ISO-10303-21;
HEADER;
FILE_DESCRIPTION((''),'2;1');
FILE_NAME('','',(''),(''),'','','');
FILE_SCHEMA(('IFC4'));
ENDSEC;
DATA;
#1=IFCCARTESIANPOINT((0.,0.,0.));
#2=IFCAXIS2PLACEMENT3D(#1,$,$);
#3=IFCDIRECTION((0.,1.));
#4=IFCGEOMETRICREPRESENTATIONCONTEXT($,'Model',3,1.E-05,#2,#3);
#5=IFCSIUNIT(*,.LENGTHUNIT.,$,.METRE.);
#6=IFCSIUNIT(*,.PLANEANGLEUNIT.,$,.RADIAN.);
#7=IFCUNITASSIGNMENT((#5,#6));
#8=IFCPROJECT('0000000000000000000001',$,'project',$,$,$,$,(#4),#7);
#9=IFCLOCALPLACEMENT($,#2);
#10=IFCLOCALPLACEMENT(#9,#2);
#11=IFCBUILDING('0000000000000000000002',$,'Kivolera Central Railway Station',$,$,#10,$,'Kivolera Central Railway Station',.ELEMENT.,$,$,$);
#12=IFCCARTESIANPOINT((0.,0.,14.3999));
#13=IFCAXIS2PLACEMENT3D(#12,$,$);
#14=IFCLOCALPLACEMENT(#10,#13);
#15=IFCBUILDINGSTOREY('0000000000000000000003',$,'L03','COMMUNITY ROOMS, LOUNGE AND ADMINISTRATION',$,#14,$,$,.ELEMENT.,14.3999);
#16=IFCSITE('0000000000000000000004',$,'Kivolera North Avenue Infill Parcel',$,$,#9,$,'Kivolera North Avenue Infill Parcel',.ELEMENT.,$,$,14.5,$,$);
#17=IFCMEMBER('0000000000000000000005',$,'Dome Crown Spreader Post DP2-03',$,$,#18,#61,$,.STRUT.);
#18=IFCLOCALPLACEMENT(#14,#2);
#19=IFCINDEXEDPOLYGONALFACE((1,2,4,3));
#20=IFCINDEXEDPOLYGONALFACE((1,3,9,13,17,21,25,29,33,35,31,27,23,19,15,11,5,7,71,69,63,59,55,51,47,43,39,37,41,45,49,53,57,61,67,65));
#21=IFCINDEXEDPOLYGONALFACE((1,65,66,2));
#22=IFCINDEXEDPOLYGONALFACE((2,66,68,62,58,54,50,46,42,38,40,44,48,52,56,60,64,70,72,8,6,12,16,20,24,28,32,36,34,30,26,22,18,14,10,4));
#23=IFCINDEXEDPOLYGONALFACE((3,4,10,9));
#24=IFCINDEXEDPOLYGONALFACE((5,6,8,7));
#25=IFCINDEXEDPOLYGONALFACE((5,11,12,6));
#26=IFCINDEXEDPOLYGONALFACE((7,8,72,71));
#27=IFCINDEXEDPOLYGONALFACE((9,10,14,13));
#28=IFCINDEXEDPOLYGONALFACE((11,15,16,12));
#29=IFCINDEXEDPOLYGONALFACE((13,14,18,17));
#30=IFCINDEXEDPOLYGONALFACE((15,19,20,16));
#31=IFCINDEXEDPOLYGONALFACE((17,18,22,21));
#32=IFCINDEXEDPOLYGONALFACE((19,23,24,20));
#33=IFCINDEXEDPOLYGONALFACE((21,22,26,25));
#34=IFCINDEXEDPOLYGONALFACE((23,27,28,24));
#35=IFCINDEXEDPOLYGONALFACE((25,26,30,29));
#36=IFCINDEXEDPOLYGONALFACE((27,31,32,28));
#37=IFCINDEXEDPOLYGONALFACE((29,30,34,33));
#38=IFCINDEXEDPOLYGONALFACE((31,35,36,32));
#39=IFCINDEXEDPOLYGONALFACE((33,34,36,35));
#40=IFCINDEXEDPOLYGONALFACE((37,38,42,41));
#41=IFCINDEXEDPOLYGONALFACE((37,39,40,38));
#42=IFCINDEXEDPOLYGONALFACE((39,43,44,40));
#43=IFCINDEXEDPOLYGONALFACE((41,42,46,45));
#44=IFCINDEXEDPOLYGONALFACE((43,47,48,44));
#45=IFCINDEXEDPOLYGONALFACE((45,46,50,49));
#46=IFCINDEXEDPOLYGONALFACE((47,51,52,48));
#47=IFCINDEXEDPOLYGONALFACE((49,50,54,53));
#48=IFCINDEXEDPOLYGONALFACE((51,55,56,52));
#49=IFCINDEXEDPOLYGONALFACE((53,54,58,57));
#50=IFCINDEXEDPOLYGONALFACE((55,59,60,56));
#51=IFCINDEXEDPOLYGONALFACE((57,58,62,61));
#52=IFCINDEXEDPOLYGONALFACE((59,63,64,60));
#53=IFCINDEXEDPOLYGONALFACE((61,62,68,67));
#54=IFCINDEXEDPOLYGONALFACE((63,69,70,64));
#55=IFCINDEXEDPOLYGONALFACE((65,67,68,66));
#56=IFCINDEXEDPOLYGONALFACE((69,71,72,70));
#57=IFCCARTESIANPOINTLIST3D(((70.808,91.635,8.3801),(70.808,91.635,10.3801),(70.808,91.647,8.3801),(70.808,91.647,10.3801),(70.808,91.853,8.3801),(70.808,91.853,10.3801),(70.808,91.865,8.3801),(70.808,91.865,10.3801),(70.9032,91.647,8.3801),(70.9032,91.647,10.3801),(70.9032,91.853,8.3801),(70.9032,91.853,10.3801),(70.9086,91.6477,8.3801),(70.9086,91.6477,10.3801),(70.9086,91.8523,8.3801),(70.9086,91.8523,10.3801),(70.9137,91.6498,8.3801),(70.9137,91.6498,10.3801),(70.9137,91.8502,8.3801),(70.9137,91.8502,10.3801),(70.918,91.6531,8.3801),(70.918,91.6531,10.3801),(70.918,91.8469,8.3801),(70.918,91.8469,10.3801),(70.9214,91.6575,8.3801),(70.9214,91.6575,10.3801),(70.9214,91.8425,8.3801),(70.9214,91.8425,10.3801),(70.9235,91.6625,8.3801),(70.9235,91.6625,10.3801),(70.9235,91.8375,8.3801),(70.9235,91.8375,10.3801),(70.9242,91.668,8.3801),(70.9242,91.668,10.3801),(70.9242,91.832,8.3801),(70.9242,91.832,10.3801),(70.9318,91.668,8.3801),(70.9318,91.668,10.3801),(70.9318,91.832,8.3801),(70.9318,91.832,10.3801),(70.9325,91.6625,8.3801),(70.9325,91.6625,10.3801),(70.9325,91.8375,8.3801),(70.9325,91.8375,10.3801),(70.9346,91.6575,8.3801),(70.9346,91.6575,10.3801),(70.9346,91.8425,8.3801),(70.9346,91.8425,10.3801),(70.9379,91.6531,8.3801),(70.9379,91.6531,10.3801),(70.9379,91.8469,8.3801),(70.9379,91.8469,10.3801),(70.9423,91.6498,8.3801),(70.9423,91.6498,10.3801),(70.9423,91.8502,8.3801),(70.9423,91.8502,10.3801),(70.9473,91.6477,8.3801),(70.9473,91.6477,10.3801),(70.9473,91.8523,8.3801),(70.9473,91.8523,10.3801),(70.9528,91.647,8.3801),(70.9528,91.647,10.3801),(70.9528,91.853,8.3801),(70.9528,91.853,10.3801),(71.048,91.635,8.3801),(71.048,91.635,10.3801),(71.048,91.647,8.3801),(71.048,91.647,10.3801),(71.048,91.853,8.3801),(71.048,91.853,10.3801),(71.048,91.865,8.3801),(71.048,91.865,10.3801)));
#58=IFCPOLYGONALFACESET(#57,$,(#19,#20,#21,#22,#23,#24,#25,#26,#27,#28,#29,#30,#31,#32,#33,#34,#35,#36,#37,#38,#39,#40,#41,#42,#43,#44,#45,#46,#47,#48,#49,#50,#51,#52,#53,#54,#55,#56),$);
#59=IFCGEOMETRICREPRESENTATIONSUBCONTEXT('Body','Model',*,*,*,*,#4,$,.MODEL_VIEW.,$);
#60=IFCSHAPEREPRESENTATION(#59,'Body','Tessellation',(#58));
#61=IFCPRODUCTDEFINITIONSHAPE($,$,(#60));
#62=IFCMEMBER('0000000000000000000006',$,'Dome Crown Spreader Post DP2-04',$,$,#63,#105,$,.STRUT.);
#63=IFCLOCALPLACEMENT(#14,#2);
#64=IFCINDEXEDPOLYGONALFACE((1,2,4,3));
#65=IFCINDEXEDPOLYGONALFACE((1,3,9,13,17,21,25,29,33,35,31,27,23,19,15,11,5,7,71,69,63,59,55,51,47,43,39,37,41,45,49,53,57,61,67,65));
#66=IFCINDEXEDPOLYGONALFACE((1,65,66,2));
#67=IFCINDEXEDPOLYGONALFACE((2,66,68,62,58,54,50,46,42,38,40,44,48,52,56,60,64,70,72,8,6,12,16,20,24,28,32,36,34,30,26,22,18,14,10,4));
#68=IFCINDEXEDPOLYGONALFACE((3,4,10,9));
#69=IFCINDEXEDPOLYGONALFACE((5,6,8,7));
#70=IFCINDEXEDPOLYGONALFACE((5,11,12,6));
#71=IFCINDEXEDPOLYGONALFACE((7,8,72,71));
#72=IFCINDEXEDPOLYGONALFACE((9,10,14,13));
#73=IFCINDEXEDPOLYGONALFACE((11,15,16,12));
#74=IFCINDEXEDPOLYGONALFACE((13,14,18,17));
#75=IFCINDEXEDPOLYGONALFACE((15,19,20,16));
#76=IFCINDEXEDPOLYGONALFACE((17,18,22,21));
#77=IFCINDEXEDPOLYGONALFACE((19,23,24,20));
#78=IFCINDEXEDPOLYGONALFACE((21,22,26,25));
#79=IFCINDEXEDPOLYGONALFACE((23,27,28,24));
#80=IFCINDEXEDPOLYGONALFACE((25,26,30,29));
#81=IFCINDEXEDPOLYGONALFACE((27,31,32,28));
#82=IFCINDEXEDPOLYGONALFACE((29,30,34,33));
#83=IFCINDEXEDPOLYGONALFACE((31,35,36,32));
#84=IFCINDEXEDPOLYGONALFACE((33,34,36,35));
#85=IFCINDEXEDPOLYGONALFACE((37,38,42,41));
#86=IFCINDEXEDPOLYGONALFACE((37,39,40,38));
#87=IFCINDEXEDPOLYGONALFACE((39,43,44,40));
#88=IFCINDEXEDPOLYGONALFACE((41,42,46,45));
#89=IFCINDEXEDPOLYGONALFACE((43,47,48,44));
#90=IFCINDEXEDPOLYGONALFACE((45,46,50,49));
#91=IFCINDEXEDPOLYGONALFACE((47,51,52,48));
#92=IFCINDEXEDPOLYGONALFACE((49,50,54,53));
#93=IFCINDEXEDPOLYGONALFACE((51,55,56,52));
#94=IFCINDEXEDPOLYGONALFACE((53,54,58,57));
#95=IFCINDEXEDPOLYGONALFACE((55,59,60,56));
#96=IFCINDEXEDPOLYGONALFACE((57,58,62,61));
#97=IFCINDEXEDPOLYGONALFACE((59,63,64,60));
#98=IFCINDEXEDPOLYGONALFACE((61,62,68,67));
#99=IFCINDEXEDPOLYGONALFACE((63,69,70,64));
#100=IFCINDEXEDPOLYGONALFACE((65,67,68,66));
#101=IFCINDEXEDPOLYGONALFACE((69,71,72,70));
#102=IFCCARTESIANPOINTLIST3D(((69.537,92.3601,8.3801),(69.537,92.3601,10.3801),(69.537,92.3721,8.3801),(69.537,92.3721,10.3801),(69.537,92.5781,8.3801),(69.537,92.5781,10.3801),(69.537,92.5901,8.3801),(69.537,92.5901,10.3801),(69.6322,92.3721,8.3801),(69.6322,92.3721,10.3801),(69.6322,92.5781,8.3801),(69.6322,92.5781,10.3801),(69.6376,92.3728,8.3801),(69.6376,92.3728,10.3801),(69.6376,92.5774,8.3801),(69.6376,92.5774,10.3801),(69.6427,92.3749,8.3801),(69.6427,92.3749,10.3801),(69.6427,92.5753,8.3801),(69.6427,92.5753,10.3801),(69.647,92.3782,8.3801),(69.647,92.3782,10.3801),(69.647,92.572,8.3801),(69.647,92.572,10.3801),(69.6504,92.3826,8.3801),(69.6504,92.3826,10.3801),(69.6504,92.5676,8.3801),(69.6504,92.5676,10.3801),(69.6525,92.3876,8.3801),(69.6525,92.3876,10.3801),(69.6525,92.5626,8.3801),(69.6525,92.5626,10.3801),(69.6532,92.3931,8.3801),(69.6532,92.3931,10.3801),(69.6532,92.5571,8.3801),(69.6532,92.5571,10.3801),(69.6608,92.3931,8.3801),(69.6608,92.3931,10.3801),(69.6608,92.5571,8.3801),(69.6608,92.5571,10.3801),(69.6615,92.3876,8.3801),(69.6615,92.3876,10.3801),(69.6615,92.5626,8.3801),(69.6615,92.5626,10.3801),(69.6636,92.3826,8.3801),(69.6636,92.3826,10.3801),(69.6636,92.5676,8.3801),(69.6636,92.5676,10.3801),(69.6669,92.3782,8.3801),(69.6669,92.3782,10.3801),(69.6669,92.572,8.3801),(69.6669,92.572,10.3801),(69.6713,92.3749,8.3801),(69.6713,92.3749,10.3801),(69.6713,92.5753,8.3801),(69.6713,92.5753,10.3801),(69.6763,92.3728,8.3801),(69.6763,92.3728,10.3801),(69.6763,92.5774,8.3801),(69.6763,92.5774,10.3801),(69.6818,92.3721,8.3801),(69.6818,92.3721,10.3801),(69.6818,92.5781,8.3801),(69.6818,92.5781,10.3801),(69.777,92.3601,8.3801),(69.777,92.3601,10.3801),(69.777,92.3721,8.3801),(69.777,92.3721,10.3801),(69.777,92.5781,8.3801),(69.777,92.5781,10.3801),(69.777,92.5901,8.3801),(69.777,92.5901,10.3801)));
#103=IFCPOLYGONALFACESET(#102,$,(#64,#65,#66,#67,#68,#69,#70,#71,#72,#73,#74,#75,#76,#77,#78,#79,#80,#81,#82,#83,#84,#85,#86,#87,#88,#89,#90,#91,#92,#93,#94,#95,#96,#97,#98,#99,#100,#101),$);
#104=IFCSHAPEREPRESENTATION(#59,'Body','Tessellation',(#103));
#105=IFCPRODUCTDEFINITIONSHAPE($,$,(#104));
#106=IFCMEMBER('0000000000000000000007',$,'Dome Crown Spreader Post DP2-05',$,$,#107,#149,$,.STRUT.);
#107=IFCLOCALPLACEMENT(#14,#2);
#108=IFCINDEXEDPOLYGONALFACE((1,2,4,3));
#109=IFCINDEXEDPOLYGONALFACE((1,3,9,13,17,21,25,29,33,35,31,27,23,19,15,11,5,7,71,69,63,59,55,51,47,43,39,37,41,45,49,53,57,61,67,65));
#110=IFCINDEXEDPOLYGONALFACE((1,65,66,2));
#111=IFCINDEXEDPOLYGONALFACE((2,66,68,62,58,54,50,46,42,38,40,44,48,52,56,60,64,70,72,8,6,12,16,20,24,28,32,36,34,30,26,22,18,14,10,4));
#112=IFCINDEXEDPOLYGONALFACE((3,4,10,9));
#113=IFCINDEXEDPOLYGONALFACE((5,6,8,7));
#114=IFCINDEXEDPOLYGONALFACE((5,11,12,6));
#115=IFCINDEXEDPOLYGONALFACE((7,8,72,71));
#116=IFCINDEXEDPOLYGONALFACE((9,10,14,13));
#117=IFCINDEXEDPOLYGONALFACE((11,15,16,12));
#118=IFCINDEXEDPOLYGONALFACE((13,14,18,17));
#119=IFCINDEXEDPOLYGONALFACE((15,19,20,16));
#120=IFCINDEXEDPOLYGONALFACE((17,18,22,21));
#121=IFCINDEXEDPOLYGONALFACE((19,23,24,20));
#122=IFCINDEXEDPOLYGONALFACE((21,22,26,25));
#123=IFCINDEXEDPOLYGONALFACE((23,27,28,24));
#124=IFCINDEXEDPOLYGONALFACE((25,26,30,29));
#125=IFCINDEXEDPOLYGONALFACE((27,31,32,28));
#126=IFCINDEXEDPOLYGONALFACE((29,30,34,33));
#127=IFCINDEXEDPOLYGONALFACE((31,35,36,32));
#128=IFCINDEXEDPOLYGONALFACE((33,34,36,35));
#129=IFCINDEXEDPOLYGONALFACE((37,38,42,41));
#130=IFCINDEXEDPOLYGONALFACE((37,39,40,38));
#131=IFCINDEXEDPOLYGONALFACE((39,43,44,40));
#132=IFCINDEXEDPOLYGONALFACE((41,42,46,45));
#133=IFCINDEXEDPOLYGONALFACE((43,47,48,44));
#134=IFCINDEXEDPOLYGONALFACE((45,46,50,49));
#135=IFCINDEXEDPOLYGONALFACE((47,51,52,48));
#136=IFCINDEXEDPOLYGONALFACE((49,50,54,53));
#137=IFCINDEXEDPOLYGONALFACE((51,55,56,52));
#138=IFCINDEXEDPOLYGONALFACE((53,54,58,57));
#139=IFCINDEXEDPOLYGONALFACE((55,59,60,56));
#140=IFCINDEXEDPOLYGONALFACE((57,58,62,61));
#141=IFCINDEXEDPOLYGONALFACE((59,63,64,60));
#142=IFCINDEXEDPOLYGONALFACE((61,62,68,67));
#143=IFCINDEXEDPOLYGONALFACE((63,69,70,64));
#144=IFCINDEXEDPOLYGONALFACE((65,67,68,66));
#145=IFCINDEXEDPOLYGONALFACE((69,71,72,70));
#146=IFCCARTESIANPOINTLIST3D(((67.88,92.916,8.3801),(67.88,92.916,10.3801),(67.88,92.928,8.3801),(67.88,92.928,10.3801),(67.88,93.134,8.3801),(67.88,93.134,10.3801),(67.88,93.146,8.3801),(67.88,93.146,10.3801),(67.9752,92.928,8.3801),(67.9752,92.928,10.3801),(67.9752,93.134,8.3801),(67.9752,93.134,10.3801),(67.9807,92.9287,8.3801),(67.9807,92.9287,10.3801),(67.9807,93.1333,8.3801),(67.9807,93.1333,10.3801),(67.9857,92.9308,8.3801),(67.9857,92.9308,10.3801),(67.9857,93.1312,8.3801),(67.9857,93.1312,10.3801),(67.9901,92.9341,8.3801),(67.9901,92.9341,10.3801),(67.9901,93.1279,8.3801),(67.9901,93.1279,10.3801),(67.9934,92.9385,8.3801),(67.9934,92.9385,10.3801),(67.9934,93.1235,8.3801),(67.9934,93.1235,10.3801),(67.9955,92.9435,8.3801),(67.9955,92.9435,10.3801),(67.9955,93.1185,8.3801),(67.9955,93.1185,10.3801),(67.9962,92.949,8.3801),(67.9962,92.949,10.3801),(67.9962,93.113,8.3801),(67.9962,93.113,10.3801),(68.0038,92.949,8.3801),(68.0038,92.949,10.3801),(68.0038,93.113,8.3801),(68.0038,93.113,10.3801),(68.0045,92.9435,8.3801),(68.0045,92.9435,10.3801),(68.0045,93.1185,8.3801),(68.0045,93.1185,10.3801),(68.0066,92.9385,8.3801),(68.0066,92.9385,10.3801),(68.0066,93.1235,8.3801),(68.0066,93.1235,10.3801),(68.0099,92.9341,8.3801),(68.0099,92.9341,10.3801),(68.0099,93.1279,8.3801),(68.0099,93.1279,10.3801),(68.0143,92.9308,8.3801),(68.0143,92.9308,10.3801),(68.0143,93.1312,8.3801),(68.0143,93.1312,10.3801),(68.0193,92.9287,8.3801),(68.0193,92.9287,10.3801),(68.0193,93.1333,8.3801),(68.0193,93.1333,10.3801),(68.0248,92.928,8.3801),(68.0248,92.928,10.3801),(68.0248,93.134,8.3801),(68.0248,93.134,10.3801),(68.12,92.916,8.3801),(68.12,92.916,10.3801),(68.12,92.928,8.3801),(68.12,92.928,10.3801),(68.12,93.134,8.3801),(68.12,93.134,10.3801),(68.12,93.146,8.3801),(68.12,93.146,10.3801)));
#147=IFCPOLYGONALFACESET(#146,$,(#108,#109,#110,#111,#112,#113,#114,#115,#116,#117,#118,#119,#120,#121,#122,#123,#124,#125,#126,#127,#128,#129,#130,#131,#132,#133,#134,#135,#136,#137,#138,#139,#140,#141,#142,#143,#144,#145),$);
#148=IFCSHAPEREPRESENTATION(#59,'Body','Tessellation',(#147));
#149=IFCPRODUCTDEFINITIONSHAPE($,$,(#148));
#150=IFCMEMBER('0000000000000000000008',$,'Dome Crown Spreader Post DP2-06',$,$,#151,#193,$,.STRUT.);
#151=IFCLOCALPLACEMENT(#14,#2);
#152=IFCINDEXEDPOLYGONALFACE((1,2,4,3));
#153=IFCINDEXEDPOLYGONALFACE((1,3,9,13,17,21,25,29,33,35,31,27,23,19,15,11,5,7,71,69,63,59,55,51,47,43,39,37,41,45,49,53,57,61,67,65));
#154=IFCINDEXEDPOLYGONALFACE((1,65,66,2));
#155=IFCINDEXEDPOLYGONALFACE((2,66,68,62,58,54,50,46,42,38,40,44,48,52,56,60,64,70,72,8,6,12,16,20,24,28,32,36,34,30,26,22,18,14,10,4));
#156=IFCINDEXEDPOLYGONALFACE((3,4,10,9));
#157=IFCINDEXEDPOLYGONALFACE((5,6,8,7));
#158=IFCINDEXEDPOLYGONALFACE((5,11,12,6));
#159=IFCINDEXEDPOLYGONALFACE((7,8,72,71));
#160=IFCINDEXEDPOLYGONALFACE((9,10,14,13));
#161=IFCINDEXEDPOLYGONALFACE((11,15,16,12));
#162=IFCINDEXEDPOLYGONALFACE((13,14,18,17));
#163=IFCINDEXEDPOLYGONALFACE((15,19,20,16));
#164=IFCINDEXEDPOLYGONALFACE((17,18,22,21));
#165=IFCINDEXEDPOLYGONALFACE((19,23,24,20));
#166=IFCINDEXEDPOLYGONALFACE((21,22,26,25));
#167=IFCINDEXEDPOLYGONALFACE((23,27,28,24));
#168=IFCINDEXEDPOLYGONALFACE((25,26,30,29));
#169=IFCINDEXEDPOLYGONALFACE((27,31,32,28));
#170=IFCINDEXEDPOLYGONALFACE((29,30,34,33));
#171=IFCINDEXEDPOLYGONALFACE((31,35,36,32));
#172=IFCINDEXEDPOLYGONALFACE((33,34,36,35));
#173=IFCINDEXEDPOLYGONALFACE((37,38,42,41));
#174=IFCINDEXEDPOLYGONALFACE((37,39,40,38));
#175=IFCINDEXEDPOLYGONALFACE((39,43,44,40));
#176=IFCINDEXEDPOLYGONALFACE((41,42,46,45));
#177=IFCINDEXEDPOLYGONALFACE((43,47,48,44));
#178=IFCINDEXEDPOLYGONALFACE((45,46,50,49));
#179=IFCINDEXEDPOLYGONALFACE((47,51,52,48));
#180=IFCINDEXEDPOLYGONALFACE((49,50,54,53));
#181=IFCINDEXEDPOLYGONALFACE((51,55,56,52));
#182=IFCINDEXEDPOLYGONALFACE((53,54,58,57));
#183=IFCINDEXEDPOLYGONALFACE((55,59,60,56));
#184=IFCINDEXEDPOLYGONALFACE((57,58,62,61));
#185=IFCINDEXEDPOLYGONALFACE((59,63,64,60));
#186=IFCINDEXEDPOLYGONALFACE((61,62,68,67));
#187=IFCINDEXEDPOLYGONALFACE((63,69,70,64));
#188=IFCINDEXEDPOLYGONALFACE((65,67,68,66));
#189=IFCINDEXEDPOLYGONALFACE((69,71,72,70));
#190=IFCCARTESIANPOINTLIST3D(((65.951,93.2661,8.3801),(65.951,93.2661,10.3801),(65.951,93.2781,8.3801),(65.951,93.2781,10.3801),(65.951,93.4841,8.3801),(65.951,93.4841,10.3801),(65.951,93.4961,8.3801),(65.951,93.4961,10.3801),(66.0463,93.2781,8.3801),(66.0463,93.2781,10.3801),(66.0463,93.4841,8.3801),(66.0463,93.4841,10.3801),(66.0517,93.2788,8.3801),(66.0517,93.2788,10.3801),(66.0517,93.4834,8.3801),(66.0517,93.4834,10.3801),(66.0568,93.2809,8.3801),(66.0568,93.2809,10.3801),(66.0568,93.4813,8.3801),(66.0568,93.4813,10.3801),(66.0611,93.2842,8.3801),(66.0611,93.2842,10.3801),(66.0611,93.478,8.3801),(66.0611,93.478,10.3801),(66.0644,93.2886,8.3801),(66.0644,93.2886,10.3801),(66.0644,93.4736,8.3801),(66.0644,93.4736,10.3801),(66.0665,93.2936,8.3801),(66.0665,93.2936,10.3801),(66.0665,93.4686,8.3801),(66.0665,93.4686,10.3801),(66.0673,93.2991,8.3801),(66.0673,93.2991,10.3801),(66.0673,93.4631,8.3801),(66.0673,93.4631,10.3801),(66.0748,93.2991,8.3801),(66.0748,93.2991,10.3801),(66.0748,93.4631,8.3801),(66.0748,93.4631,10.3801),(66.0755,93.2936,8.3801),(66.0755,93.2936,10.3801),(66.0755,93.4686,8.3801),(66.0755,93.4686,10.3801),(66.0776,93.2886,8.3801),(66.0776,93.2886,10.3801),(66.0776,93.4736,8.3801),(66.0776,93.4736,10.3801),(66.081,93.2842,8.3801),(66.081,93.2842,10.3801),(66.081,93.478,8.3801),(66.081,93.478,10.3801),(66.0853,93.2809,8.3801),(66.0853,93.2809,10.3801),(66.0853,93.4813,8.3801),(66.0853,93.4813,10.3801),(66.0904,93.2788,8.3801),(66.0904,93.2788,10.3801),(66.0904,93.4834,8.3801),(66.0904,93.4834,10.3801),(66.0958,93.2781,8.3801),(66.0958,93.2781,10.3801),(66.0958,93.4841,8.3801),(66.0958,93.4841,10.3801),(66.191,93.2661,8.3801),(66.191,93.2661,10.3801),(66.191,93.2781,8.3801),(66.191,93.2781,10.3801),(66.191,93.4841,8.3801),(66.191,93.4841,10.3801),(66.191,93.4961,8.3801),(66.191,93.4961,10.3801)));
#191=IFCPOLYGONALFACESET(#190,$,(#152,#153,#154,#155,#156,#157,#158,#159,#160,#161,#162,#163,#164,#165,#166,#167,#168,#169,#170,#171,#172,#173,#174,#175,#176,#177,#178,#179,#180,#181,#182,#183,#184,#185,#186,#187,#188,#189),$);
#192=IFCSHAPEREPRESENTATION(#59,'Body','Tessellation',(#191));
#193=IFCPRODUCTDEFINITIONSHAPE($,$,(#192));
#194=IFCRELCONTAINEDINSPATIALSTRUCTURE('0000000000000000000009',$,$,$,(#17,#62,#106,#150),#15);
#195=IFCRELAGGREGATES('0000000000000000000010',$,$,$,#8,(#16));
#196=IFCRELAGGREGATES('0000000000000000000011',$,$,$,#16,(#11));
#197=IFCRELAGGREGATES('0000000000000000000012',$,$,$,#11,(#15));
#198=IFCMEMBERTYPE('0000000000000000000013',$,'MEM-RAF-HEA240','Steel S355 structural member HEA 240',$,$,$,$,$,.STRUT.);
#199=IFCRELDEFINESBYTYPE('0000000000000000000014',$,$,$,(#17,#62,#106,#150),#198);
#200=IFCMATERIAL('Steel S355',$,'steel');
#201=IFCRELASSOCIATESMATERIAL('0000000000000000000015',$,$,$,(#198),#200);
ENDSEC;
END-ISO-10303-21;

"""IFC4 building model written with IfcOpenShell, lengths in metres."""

from ifc_helpers import new_model, si_unit, direction, frame, origin, origin_2d, place, context, subcontext, project, spatial, i_section, extrude, material, material_profile, profile_set, type_object, element, save


model = new_model("IFC4")

# Units and contexts
model_context = context("Model", 3, precision=1e-05, world=origin(), true_north=direction((0.0, 1.0)))
body_context = subcontext(model_context, "Body", "Model", "MODEL_VIEW")
ifc_project = project(units=[si_unit("LENGTHUNIT", "METRE"), si_unit("PLANEANGLEUNIT", "RADIAN")], contexts=[model_context])

# Site, building, storey
site_placement = place(None, origin())
site = spatial("IfcSite", under=ifc_project, at=site_placement, Name="Kivolera North Avenue Infill Parcel", LongName="Kivolera North Avenue Infill Parcel", CompositionType="ELEMENT", RefElevation=14.5)
building_placement = place(site_placement, origin())
building = spatial("IfcBuilding", under=site, at=building_placement, Name="Kivolera Central Railway Station", LongName="Kivolera Central Railway Station", CompositionType="ELEMENT")
storey_placement = place(building_placement, frame((0.0, 0.0, 14.3999)))
storey = spatial("IfcBuildingStorey", under=building, at=storey_placement, Name="L03", Description="COMMUNITY ROOMS, LOUNGE AND ADMINISTRATION", CompositionType="ELEMENT", Elevation=14.3999)

# Shared definitions
ifc_material_1 = material(Name="Steel S355", Category="steel")

# Members
ifc_material_profile_1 = material_profile(ifc_material_1, i_section(OverallWidth=0.24, OverallDepth=0.23, WebThickness=0.0076, FlangeThickness=0.012, FilletRadius=0.021, at=origin_2d()), Name="HEA 240")
ifc_profile_set_1 = profile_set([ifc_material_profile_1], Name="Steel S355")
member_type_1 = type_object("IfcMemberType", Name="MEM-RAF-HEA240", Description="Steel S355 structural member HEA 240", PredefinedType="STRUT", material=ifc_profile_set_1)
for number, where, z_axis, x_axis, name in (
    (1, (70.928, 91.75, 8.3801), (0.0, 0.0, 1.0), (1.0, 0.0, 0.0), "Dome Crown Spreader Post DP2-03"),
    (2, (69.657, 92.4751, 8.3801), (0.0, 0.0, 1.0), (1.0, 0.0, 0.0), "Dome Crown Spreader Post DP2-04"),
    (3, (68.0, 93.031, 8.3801), (0.0, 0.0, 1.0), (1.0, 0.0, 0.0), "Dome Crown Spreader Post DP2-05"),
    (4, (66.071, 93.3811, 8.3801), (0.0, 0.0, 1.0), (1.0, 0.0, 0.0), "Dome Crown Spreader Post DP2-06"),
):
    element("IfcMember", number, at=place(storey_placement, frame(where, z_axis=z_axis, x_axis=x_axis)), inside=storey, type_object=member_type_1, Name=name, PredefinedType="STRUT", context=body_context, shape_type="SweptSolid", body=[
        extrude(i_section(OverallWidth=0.24, OverallDepth=0.23, WebThickness=0.0076, FlangeThickness=0.012, FilletRadius=0.021, at=origin_2d()), origin(), (0.0, 0.0, 1.0), 2.0),
    ])

save(model, "model.ifc")
